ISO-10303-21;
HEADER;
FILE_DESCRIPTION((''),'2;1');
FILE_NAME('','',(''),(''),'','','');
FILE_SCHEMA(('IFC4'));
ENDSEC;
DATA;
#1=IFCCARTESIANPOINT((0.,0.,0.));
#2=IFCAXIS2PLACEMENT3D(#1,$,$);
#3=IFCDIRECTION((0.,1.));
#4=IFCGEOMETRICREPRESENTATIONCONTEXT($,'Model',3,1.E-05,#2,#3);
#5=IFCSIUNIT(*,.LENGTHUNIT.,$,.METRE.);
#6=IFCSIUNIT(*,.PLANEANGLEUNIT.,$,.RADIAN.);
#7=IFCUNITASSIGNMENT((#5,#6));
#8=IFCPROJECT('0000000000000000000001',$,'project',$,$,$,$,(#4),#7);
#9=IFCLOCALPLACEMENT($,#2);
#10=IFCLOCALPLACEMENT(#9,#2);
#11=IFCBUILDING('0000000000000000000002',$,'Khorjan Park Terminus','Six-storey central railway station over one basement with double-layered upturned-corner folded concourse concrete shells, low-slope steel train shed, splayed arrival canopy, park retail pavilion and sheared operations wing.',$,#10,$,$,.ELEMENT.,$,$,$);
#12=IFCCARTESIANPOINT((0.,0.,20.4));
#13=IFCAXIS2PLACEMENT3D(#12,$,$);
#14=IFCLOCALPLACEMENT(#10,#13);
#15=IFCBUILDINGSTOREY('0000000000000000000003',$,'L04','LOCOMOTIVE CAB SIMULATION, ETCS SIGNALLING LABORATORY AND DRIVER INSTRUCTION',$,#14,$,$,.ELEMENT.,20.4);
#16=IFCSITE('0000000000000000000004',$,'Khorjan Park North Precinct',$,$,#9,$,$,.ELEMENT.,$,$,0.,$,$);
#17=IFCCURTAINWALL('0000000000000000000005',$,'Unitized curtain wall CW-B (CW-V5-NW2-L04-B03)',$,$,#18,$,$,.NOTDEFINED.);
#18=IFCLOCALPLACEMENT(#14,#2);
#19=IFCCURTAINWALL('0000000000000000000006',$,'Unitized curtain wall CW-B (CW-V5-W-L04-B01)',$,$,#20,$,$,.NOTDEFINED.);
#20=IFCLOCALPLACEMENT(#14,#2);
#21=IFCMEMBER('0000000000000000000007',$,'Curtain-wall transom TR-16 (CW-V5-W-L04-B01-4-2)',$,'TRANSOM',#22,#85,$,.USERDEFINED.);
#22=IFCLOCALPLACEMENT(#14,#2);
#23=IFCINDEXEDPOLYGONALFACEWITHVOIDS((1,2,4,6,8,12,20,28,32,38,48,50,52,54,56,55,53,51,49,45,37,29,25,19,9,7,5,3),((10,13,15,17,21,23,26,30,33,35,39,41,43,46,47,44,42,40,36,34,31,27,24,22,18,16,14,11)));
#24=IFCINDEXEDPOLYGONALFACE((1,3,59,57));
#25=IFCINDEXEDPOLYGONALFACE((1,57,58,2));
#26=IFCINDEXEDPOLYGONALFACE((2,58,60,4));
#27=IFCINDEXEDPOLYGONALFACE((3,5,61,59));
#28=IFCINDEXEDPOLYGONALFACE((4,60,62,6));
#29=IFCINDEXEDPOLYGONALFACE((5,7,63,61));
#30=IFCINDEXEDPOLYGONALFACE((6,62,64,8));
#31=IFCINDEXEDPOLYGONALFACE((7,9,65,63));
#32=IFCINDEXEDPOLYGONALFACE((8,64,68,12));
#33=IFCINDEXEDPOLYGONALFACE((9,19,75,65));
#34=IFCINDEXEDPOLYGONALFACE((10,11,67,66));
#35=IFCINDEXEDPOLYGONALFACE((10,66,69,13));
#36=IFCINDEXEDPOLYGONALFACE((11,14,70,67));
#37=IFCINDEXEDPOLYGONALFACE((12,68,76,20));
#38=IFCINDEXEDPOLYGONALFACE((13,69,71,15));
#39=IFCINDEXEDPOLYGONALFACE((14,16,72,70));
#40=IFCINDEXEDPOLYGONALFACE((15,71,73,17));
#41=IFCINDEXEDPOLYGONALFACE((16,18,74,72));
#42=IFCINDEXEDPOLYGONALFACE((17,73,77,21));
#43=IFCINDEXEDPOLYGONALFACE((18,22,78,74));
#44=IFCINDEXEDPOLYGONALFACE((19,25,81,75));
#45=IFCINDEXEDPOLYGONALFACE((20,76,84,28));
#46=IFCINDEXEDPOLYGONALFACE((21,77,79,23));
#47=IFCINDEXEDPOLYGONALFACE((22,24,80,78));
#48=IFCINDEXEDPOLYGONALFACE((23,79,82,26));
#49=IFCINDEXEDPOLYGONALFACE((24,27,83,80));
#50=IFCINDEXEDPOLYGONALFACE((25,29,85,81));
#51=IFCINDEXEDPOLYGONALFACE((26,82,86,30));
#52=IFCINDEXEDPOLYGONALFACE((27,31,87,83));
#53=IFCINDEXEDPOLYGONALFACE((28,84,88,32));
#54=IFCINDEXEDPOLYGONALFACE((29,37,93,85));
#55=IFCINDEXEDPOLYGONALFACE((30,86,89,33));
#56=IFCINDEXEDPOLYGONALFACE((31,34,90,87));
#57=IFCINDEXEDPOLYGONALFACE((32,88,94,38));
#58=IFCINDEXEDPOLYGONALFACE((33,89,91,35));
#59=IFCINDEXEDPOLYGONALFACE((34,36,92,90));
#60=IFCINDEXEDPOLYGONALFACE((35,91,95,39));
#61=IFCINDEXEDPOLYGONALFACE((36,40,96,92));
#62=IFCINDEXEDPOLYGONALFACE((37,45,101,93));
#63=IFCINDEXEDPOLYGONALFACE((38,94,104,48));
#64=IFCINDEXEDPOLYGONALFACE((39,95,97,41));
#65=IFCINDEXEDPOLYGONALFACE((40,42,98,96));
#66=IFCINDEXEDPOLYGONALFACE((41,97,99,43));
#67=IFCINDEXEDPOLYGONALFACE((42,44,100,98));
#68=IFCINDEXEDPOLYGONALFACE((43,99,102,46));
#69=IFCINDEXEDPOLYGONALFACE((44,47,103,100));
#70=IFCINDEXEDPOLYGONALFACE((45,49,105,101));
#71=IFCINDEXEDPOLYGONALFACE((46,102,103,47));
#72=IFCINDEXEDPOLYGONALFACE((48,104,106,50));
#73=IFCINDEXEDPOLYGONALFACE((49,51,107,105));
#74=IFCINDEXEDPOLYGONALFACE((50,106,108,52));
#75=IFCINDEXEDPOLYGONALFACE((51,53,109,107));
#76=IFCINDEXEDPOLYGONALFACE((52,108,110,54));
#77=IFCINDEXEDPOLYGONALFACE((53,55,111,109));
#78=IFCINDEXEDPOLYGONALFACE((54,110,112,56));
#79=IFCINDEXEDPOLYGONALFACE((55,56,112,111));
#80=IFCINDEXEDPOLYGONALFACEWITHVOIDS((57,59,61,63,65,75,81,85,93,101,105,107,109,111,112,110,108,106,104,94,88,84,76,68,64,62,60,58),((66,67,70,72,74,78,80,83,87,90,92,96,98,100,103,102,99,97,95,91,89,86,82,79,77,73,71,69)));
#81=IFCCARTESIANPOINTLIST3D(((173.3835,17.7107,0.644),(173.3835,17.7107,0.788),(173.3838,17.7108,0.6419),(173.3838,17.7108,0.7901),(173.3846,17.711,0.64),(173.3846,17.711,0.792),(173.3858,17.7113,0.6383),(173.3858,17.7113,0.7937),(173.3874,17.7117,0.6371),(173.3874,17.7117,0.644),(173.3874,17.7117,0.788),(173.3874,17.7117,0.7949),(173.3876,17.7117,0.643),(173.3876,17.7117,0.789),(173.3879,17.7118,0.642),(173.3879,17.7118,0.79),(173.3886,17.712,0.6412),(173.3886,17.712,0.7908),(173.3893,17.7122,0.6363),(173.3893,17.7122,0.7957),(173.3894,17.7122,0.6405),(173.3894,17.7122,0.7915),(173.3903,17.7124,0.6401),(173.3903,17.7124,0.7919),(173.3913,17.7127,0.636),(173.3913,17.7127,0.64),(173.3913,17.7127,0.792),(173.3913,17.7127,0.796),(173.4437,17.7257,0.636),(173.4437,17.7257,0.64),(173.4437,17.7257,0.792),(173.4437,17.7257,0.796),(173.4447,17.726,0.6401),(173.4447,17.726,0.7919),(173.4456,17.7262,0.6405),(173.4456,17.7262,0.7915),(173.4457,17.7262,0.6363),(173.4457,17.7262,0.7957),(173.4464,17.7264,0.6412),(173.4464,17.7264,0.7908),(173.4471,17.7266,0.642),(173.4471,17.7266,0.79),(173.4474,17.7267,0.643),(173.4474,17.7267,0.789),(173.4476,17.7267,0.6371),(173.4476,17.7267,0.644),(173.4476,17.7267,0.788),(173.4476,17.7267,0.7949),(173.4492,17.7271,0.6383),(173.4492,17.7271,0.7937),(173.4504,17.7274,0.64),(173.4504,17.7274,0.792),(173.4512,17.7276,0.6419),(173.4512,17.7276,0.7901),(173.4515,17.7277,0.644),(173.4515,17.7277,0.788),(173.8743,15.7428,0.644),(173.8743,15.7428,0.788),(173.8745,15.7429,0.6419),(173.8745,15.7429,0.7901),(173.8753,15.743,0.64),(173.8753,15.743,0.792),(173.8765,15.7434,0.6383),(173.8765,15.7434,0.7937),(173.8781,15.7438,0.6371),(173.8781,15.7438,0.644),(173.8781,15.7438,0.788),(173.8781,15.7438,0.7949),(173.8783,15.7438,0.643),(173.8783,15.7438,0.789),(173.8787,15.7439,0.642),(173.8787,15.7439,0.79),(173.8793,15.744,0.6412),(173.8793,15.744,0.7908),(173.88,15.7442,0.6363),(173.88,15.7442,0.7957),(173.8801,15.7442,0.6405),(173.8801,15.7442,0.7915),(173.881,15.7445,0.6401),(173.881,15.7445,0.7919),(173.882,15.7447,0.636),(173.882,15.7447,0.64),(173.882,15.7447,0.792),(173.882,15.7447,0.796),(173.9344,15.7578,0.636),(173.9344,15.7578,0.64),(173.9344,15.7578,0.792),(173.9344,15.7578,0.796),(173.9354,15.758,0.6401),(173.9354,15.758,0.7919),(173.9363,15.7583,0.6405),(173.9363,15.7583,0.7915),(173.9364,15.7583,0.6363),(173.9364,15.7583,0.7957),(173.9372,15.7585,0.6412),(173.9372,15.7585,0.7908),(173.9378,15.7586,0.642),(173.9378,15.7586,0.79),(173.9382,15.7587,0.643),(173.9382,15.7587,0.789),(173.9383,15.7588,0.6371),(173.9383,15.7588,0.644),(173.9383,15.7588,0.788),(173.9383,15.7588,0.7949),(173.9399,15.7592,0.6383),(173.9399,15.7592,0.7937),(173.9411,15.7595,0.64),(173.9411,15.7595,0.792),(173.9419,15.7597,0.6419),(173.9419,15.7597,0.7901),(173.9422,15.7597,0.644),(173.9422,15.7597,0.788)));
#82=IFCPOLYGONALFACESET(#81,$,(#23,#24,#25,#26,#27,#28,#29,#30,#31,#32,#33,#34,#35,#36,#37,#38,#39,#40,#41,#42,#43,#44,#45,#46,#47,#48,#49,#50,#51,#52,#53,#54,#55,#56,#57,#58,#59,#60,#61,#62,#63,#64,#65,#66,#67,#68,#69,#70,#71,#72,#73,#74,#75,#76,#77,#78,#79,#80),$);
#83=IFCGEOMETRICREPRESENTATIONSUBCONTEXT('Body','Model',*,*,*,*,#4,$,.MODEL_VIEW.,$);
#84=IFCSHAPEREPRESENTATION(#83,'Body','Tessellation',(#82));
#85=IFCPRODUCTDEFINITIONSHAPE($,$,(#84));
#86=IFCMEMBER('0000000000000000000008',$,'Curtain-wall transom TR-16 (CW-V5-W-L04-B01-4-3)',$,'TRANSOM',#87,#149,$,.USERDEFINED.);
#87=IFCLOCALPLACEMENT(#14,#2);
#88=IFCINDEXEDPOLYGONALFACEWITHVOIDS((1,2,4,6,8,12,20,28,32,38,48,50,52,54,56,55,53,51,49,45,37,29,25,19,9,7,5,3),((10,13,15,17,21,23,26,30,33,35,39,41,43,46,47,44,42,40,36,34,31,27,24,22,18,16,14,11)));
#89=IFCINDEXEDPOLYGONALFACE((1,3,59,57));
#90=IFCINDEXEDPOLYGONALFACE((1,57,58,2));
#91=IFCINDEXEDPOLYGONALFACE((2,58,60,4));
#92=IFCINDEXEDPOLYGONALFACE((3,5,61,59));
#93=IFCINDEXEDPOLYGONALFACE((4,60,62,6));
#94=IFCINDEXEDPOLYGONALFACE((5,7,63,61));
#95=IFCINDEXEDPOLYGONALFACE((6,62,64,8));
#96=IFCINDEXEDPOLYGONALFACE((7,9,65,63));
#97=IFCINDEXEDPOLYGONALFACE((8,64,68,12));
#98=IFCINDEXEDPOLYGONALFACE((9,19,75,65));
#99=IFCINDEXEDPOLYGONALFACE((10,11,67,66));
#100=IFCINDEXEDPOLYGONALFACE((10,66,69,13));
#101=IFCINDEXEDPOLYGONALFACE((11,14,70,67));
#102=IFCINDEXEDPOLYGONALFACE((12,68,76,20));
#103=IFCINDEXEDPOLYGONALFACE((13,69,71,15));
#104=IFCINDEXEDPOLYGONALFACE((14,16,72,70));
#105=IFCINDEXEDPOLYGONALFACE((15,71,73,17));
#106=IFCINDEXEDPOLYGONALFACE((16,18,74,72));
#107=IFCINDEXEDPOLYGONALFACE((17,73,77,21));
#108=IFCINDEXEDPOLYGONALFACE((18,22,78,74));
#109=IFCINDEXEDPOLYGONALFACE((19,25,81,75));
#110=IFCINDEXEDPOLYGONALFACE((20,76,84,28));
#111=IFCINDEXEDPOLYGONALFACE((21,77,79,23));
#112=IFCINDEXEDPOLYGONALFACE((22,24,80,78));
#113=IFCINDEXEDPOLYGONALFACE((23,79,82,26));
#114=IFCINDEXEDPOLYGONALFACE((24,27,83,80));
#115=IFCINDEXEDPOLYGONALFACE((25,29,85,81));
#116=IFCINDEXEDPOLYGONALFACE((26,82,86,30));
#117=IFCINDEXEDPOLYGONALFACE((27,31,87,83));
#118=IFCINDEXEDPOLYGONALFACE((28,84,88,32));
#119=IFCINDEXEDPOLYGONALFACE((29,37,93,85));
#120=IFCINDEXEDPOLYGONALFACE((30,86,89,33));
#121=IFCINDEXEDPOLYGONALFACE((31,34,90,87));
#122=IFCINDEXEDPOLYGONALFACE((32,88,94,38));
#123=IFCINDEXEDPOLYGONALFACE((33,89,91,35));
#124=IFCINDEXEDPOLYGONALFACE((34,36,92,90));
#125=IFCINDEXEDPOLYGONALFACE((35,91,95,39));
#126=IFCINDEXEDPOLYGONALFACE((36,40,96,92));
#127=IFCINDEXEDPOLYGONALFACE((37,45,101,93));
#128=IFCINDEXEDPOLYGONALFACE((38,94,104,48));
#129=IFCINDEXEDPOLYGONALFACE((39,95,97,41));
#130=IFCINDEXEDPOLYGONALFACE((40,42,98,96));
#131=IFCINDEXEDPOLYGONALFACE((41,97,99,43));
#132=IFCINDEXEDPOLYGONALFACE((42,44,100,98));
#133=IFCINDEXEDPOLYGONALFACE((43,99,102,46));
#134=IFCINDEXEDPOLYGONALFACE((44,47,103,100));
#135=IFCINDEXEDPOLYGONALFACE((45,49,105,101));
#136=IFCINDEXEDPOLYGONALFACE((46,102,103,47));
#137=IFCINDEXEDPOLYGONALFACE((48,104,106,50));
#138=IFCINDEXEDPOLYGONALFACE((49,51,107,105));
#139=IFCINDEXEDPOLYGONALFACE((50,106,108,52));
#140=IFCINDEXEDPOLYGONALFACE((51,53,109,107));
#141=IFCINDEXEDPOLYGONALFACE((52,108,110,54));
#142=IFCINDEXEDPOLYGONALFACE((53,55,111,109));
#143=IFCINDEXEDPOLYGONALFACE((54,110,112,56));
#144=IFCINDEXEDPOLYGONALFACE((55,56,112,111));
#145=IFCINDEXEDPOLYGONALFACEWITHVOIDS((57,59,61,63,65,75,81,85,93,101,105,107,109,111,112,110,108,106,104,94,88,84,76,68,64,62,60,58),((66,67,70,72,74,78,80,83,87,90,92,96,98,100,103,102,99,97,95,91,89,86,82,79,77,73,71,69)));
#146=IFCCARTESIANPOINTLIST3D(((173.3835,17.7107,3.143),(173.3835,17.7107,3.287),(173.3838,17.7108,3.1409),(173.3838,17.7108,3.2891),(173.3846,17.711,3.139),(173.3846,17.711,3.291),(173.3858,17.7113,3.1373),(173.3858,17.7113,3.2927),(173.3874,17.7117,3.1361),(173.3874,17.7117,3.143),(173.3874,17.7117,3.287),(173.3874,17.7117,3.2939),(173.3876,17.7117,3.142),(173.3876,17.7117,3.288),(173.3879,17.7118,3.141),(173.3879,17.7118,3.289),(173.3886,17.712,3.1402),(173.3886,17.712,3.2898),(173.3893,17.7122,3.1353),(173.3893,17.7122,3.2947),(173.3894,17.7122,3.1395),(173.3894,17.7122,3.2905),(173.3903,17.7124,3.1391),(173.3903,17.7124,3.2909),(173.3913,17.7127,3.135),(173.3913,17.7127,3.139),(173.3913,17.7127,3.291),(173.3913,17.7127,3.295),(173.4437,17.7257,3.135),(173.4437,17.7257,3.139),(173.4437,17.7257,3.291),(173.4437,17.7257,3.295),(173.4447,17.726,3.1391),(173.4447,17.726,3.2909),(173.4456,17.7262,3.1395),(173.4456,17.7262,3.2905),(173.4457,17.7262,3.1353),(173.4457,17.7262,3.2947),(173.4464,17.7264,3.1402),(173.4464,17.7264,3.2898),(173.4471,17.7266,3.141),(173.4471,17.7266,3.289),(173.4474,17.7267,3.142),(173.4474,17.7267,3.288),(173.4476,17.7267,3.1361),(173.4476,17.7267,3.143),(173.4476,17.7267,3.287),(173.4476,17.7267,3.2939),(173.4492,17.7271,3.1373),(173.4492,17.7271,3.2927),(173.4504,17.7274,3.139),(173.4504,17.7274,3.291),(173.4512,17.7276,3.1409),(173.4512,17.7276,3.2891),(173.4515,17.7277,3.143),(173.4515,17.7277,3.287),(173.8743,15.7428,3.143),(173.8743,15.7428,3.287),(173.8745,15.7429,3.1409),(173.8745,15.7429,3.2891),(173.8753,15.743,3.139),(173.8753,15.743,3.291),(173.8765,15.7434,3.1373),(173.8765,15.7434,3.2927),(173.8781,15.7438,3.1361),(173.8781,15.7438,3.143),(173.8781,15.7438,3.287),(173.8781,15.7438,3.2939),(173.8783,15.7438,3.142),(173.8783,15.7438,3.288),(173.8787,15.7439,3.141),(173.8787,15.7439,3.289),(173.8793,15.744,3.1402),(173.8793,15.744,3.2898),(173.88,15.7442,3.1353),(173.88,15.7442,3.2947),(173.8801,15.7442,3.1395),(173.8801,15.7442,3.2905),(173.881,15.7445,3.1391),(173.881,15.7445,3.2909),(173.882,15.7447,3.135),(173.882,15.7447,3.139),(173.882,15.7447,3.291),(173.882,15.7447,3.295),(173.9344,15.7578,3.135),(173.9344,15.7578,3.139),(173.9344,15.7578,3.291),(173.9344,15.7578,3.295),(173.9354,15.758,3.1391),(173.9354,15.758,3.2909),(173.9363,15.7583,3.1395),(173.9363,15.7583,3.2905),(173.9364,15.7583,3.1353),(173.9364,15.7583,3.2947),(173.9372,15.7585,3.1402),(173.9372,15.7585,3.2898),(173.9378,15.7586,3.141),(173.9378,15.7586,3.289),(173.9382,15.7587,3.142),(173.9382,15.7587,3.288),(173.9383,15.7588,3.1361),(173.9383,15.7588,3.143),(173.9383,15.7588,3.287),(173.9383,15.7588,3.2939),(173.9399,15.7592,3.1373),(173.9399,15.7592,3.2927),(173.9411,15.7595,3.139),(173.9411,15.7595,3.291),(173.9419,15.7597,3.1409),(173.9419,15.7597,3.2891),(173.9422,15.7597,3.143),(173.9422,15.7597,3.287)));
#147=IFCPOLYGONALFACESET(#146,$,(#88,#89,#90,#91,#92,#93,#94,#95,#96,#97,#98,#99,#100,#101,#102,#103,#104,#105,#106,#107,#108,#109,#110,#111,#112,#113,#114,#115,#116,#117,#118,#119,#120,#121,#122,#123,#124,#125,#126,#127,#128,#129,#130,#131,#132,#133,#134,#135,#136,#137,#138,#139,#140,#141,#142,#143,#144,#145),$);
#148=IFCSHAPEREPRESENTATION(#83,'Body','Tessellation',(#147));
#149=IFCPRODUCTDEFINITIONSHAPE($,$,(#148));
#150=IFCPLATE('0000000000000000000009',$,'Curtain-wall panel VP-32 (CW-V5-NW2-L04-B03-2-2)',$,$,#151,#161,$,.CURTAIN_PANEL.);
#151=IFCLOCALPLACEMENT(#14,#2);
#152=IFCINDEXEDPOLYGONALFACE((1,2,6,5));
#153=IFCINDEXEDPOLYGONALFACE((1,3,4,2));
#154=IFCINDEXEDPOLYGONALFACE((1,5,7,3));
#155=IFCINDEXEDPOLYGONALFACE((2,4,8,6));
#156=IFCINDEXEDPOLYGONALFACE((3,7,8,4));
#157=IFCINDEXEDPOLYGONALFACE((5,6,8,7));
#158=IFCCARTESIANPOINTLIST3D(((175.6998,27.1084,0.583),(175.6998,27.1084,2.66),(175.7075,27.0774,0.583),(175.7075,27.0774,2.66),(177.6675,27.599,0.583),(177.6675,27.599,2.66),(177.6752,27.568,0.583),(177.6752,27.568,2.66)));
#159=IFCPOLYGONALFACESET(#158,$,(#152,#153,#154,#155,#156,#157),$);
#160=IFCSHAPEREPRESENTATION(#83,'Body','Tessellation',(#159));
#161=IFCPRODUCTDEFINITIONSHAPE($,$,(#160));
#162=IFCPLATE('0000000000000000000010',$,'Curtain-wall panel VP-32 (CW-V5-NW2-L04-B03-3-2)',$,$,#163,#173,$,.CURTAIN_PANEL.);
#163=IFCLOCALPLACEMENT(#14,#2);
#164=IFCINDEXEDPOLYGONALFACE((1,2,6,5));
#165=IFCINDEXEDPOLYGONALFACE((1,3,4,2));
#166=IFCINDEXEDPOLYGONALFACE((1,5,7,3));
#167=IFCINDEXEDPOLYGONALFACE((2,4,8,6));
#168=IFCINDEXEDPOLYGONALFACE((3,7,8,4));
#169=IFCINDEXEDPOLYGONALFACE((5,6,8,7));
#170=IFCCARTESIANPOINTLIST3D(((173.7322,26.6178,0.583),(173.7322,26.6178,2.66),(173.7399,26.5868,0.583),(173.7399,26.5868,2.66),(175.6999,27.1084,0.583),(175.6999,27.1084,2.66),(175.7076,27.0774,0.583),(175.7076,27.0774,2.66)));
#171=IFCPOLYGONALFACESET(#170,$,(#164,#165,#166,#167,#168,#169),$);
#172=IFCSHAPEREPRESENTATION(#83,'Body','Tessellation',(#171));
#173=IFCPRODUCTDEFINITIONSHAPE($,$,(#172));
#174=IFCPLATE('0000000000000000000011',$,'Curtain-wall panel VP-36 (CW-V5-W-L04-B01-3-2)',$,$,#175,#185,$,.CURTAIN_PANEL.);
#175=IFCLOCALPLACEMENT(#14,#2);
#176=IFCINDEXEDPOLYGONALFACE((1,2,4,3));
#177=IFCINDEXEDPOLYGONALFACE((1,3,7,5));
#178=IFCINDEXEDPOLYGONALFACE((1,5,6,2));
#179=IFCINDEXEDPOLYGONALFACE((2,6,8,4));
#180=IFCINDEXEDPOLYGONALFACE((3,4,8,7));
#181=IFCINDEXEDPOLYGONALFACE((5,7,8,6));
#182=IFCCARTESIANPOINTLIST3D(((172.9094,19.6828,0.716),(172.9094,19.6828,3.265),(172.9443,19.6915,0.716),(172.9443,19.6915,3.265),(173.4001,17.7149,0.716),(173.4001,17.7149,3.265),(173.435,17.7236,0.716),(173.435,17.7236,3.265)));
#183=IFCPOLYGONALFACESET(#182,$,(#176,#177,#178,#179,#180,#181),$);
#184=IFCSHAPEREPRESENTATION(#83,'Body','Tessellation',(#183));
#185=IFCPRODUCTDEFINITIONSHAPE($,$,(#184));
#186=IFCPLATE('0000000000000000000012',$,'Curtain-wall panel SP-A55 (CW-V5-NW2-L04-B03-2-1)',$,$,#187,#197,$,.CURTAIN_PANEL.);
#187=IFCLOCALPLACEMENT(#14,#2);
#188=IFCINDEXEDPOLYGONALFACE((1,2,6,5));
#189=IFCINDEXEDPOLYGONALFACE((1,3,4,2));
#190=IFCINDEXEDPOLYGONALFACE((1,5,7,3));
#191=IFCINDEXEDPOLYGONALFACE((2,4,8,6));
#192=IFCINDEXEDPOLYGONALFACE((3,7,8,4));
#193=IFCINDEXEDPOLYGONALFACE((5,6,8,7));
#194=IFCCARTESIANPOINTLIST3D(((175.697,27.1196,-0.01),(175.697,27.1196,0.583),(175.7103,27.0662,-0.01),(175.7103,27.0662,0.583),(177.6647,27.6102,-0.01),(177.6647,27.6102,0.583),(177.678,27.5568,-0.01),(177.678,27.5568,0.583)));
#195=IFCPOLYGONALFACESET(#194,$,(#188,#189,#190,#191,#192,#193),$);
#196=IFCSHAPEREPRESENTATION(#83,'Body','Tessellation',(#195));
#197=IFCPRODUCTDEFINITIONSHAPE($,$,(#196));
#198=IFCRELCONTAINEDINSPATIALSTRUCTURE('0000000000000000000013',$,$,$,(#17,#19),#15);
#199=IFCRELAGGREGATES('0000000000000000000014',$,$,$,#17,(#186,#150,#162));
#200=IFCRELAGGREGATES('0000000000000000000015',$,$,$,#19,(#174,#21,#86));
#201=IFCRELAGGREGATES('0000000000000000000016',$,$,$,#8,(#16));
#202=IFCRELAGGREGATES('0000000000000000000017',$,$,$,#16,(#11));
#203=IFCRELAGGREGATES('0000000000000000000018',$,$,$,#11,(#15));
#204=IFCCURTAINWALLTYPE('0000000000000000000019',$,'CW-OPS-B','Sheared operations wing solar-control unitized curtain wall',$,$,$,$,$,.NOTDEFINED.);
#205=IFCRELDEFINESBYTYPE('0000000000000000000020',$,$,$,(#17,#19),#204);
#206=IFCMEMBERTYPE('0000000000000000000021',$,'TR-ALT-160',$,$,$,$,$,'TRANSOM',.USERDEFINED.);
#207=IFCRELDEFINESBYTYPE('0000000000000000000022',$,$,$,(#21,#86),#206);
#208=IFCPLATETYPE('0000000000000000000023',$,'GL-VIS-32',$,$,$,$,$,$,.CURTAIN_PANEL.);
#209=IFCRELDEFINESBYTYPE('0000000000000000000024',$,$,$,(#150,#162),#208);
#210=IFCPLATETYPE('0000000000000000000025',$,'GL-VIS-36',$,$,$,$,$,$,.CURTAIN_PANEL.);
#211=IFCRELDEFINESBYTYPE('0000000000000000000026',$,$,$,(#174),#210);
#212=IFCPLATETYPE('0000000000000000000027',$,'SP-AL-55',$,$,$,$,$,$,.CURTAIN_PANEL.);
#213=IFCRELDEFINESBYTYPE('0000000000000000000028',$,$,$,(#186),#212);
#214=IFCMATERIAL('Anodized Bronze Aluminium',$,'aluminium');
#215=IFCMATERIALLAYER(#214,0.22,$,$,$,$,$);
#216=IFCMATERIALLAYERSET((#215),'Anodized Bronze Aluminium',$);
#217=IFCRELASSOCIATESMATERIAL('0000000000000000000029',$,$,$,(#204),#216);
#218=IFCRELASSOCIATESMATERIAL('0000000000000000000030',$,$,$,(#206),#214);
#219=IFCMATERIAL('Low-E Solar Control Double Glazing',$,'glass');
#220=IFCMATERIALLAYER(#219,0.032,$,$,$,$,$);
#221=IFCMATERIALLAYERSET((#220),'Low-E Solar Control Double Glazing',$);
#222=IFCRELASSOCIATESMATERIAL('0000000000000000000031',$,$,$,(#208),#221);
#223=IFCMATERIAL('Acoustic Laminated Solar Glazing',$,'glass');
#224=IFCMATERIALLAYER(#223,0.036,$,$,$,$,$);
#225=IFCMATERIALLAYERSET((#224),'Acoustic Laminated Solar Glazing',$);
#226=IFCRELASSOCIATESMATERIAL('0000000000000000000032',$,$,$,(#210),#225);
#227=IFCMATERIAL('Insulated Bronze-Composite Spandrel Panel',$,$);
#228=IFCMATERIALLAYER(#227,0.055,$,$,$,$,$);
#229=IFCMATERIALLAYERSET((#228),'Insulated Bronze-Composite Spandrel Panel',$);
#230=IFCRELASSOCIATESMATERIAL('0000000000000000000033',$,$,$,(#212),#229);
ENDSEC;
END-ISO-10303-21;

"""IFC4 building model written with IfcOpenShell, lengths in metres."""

from ifc_helpers import new_model, si_unit, direction, frame, origin, origin_2d, place, context, subcontext, project, spatial, rectangle, hollow_rectangle, extrude, material, layer, layer_set, material_profile, profile_set, type_object, element, aggregate, save


model = new_model("IFC4")

# Units and contexts
model_context = context("Model", 3, precision=1e-05, world=origin(), true_north=direction((0.0, 1.0)))
body_context = subcontext(model_context, "Body", "Model", "MODEL_VIEW")
ifc_project = project(units=[si_unit("LENGTHUNIT", "METRE"), si_unit("PLANEANGLEUNIT", "RADIAN")], contexts=[model_context])

# Site, building, storey
site_placement = place(None, origin())
site = spatial("IfcSite", under=ifc_project, at=site_placement, Name="Khorjan Park North Precinct", CompositionType="ELEMENT", RefElevation=0.0)
building_placement = place(site_placement, origin())
building = spatial("IfcBuilding", under=site, at=building_placement, Name="Khorjan Park Terminus", Description="Six-storey central railway station over one basement with double-layered upturned-corner folded concourse concrete shells, low-slope steel train shed, splayed arrival canopy, park retail pavilion and sheared operations wing.", CompositionType="ELEMENT")
storey_placement = place(building_placement, frame((0.0, 0.0, 20.4)))
storey = spatial("IfcBuildingStorey", under=building, at=storey_placement, Name="L04", Description="LOCOMOTIVE CAB SIMULATION, ETCS SIGNALLING LABORATORY AND DRIVER INSTRUCTION", CompositionType="ELEMENT", Elevation=20.4)

# Curtain walls, members
ifc_material_1 = material(Name="Anodized Bronze Aluminium", Category="aluminium")
ifc_layer_1 = layer(ifc_material_1, 0.22)
ifc_layer_set_1 = layer_set([ifc_layer_1], Name="Anodized Bronze Aluminium")
curtain_wall_type = type_object("IfcCurtainWallType", Name="CW-OPS-B", Description="Sheared operations wing solar-control unitized curtain wall", PredefinedType="NOTDEFINED", material=ifc_layer_set_1)
curtain_wall_1_placement = place(storey_placement, origin())
curtain_wall_1 = element("IfcCurtainWall", 1, at=curtain_wall_1_placement, inside=storey, type_object=curtain_wall_type, Name="Unitized curtain wall CW-B (CW-V5-NW2-L04-B03)", PredefinedType="NOTDEFINED")
ifc_material_profile_1 = material_profile(ifc_material_1, hollow_rectangle(XDim=0.07, YDim=0.16, WallThickness=0.004, InnerFilletRadius=0.004, OuterFilletRadius=0.008, at=origin_2d()), Name="ALT 70x160x4")
ifc_profile_set_1 = profile_set([ifc_material_profile_1], Name="Anodized Bronze Aluminium")
member_type_1 = type_object("IfcMemberType", Name="TR-ALT-160", ElementType="TRANSOM", PredefinedType="USERDEFINED", material=ifc_profile_set_1)
curtain_wall_2_placement = place(storey_placement, origin())
curtain_wall_2 = element("IfcCurtainWall", 2, at=curtain_wall_2_placement, inside=storey, type_object=curtain_wall_type, Name="Unitized curtain wall CW-B (CW-V5-W-L04-B01)", PredefinedType="NOTDEFINED")
member_1_placement = place(storey_placement, frame((173.4175, 17.7192, 0.716), z_axis=(0.241944, -0.97029, 0.0), x_axis=(0.97029, 0.241944, 0.0)))
member_1 = element("IfcMember", 3, at=member_1_placement, type_object=member_type_1, Name="Curtain-wall transom TR-16 (CW-V5-W-L04-B01-4-2)", ObjectType="TRANSOM", PredefinedType="USERDEFINED", context=body_context, shape_type="SweptSolid", body=[
    extrude(hollow_rectangle(XDim=0.07, YDim=0.16, WallThickness=0.004, InnerFilletRadius=0.004, OuterFilletRadius=0.008, at=origin_2d()), origin(), (0.0, 0.0, 1.0), 2.0282),
])
member_2_placement = place(storey_placement, frame((173.4175, 17.7192, 3.215), z_axis=(0.241944, -0.97029, 0.0), x_axis=(0.97029, 0.241944, 0.0)))
member_2 = element("IfcMember", 4, at=member_2_placement, type_object=member_type_1, Name="Curtain-wall transom TR-16 (CW-V5-W-L04-B01-4-3)", ObjectType="TRANSOM", PredefinedType="USERDEFINED", context=body_context, shape_type="SweptSolid", body=[
    extrude(hollow_rectangle(XDim=0.07, YDim=0.16, WallThickness=0.004, InnerFilletRadius=0.004, OuterFilletRadius=0.008, at=origin_2d()), origin(), (0.0, 0.0, 1.0), 2.0282),
])

# Plates
ifc_material_2 = material(Name="Low-E Solar Control Double Glazing", Category="glass")
ifc_layer_2 = layer(ifc_material_2, 0.032)
ifc_layer_set_2 = layer_set([ifc_layer_2], Name="Low-E Solar Control Double Glazing")
plate_type_1 = type_object("IfcPlateType", Name="GL-VIS-32", PredefinedType="CURTAIN_PANEL", material=ifc_layer_set_2)
plate_1_placement = place(storey_placement, frame((176.6875, 27.3382, 0.583), z_axis=(0.0, 0.0, 1.0), x_axis=(-0.970296, -0.241921, 0.0)))
plate_1 = element("IfcPlate", 5, at=plate_1_placement, type_object=plate_type_1, Name="Curtain-wall panel VP-32 (CW-V5-NW2-L04-B03-2-2)", PredefinedType="CURTAIN_PANEL", context=body_context, shape_type="SweptSolid", body=[
    extrude(rectangle(XDim=2.0279, YDim=0.032, at=origin_2d()), origin(), (0.0, 0.0, 1.0), 2.077),
])
plate_2_placement = place(storey_placement, frame((174.7199, 26.8476, 0.583), z_axis=(0.0, 0.0, 1.0), x_axis=(-0.970296, -0.241921, 0.0)))
plate_2 = element("IfcPlate", 6, at=plate_2_placement, type_object=plate_type_1, Name="Curtain-wall panel VP-32 (CW-V5-NW2-L04-B03-3-2)", PredefinedType="CURTAIN_PANEL", context=body_context, shape_type="SweptSolid", body=[
    extrude(rectangle(XDim=2.0279, YDim=0.032, at=origin_2d()), origin(), (0.0, 0.0, 1.0), 2.077),
])
ifc_material_3 = material(Name="Acoustic Laminated Solar Glazing", Category="glass")
ifc_layer_3 = layer(ifc_material_3, 0.036)
ifc_layer_set_3 = layer_set([ifc_layer_3], Name="Acoustic Laminated Solar Glazing")
plate_type_2 = type_object("IfcPlateType", Name="GL-VIS-36", PredefinedType="CURTAIN_PANEL", material=ifc_layer_set_3)
plate_3_placement = place(storey_placement, frame((173.1722, 18.7032, 0.716), z_axis=(0.0, 0.0, 1.0), x_axis=(0.241928, -0.970294, 0.0)))
plate_3 = element("IfcPlate", 7, at=plate_3_placement, type_object=plate_type_2, Name="Curtain-wall panel VP-36 (CW-V5-W-L04-B01-3-2)", PredefinedType="CURTAIN_PANEL", context=body_context, shape_type="SweptSolid", body=[
    extrude(rectangle(XDim=2.0281, YDim=0.036, at=origin_2d()), origin(), (0.0, 0.0, 1.0), 2.549),
])
ifc_material_4 = material(Name="Insulated Bronze-Composite Spandrel Panel")
ifc_layer_4 = layer(ifc_material_4, 0.055)
ifc_layer_set_4 = layer_set([ifc_layer_4], Name="Insulated Bronze-Composite Spandrel Panel")
plate_type_3 = type_object("IfcPlateType", Name="SP-AL-55", PredefinedType="CURTAIN_PANEL", material=ifc_layer_set_4)
plate_4_placement = place(storey_placement, frame((176.6875, 27.3382, -0.01), z_axis=(0.0, 0.0, 1.0), x_axis=(-0.970296, -0.241921, 0.0)))
plate_4 = element("IfcPlate", 8, at=plate_4_placement, type_object=plate_type_3, Name="Curtain-wall panel SP-A55 (CW-V5-NW2-L04-B03-2-1)", PredefinedType="CURTAIN_PANEL", context=body_context, shape_type="SweptSolid", body=[
    extrude(rectangle(XDim=2.0279, YDim=0.055, at=origin_2d()), origin(), (0.0, 0.0, 1.0), 0.593),
])
aggregate(curtain_wall_1, [plate_4, plate_1, plate_2])
aggregate(curtain_wall_2, [plate_3, member_1, member_2])

save(model, "model.ifc")
